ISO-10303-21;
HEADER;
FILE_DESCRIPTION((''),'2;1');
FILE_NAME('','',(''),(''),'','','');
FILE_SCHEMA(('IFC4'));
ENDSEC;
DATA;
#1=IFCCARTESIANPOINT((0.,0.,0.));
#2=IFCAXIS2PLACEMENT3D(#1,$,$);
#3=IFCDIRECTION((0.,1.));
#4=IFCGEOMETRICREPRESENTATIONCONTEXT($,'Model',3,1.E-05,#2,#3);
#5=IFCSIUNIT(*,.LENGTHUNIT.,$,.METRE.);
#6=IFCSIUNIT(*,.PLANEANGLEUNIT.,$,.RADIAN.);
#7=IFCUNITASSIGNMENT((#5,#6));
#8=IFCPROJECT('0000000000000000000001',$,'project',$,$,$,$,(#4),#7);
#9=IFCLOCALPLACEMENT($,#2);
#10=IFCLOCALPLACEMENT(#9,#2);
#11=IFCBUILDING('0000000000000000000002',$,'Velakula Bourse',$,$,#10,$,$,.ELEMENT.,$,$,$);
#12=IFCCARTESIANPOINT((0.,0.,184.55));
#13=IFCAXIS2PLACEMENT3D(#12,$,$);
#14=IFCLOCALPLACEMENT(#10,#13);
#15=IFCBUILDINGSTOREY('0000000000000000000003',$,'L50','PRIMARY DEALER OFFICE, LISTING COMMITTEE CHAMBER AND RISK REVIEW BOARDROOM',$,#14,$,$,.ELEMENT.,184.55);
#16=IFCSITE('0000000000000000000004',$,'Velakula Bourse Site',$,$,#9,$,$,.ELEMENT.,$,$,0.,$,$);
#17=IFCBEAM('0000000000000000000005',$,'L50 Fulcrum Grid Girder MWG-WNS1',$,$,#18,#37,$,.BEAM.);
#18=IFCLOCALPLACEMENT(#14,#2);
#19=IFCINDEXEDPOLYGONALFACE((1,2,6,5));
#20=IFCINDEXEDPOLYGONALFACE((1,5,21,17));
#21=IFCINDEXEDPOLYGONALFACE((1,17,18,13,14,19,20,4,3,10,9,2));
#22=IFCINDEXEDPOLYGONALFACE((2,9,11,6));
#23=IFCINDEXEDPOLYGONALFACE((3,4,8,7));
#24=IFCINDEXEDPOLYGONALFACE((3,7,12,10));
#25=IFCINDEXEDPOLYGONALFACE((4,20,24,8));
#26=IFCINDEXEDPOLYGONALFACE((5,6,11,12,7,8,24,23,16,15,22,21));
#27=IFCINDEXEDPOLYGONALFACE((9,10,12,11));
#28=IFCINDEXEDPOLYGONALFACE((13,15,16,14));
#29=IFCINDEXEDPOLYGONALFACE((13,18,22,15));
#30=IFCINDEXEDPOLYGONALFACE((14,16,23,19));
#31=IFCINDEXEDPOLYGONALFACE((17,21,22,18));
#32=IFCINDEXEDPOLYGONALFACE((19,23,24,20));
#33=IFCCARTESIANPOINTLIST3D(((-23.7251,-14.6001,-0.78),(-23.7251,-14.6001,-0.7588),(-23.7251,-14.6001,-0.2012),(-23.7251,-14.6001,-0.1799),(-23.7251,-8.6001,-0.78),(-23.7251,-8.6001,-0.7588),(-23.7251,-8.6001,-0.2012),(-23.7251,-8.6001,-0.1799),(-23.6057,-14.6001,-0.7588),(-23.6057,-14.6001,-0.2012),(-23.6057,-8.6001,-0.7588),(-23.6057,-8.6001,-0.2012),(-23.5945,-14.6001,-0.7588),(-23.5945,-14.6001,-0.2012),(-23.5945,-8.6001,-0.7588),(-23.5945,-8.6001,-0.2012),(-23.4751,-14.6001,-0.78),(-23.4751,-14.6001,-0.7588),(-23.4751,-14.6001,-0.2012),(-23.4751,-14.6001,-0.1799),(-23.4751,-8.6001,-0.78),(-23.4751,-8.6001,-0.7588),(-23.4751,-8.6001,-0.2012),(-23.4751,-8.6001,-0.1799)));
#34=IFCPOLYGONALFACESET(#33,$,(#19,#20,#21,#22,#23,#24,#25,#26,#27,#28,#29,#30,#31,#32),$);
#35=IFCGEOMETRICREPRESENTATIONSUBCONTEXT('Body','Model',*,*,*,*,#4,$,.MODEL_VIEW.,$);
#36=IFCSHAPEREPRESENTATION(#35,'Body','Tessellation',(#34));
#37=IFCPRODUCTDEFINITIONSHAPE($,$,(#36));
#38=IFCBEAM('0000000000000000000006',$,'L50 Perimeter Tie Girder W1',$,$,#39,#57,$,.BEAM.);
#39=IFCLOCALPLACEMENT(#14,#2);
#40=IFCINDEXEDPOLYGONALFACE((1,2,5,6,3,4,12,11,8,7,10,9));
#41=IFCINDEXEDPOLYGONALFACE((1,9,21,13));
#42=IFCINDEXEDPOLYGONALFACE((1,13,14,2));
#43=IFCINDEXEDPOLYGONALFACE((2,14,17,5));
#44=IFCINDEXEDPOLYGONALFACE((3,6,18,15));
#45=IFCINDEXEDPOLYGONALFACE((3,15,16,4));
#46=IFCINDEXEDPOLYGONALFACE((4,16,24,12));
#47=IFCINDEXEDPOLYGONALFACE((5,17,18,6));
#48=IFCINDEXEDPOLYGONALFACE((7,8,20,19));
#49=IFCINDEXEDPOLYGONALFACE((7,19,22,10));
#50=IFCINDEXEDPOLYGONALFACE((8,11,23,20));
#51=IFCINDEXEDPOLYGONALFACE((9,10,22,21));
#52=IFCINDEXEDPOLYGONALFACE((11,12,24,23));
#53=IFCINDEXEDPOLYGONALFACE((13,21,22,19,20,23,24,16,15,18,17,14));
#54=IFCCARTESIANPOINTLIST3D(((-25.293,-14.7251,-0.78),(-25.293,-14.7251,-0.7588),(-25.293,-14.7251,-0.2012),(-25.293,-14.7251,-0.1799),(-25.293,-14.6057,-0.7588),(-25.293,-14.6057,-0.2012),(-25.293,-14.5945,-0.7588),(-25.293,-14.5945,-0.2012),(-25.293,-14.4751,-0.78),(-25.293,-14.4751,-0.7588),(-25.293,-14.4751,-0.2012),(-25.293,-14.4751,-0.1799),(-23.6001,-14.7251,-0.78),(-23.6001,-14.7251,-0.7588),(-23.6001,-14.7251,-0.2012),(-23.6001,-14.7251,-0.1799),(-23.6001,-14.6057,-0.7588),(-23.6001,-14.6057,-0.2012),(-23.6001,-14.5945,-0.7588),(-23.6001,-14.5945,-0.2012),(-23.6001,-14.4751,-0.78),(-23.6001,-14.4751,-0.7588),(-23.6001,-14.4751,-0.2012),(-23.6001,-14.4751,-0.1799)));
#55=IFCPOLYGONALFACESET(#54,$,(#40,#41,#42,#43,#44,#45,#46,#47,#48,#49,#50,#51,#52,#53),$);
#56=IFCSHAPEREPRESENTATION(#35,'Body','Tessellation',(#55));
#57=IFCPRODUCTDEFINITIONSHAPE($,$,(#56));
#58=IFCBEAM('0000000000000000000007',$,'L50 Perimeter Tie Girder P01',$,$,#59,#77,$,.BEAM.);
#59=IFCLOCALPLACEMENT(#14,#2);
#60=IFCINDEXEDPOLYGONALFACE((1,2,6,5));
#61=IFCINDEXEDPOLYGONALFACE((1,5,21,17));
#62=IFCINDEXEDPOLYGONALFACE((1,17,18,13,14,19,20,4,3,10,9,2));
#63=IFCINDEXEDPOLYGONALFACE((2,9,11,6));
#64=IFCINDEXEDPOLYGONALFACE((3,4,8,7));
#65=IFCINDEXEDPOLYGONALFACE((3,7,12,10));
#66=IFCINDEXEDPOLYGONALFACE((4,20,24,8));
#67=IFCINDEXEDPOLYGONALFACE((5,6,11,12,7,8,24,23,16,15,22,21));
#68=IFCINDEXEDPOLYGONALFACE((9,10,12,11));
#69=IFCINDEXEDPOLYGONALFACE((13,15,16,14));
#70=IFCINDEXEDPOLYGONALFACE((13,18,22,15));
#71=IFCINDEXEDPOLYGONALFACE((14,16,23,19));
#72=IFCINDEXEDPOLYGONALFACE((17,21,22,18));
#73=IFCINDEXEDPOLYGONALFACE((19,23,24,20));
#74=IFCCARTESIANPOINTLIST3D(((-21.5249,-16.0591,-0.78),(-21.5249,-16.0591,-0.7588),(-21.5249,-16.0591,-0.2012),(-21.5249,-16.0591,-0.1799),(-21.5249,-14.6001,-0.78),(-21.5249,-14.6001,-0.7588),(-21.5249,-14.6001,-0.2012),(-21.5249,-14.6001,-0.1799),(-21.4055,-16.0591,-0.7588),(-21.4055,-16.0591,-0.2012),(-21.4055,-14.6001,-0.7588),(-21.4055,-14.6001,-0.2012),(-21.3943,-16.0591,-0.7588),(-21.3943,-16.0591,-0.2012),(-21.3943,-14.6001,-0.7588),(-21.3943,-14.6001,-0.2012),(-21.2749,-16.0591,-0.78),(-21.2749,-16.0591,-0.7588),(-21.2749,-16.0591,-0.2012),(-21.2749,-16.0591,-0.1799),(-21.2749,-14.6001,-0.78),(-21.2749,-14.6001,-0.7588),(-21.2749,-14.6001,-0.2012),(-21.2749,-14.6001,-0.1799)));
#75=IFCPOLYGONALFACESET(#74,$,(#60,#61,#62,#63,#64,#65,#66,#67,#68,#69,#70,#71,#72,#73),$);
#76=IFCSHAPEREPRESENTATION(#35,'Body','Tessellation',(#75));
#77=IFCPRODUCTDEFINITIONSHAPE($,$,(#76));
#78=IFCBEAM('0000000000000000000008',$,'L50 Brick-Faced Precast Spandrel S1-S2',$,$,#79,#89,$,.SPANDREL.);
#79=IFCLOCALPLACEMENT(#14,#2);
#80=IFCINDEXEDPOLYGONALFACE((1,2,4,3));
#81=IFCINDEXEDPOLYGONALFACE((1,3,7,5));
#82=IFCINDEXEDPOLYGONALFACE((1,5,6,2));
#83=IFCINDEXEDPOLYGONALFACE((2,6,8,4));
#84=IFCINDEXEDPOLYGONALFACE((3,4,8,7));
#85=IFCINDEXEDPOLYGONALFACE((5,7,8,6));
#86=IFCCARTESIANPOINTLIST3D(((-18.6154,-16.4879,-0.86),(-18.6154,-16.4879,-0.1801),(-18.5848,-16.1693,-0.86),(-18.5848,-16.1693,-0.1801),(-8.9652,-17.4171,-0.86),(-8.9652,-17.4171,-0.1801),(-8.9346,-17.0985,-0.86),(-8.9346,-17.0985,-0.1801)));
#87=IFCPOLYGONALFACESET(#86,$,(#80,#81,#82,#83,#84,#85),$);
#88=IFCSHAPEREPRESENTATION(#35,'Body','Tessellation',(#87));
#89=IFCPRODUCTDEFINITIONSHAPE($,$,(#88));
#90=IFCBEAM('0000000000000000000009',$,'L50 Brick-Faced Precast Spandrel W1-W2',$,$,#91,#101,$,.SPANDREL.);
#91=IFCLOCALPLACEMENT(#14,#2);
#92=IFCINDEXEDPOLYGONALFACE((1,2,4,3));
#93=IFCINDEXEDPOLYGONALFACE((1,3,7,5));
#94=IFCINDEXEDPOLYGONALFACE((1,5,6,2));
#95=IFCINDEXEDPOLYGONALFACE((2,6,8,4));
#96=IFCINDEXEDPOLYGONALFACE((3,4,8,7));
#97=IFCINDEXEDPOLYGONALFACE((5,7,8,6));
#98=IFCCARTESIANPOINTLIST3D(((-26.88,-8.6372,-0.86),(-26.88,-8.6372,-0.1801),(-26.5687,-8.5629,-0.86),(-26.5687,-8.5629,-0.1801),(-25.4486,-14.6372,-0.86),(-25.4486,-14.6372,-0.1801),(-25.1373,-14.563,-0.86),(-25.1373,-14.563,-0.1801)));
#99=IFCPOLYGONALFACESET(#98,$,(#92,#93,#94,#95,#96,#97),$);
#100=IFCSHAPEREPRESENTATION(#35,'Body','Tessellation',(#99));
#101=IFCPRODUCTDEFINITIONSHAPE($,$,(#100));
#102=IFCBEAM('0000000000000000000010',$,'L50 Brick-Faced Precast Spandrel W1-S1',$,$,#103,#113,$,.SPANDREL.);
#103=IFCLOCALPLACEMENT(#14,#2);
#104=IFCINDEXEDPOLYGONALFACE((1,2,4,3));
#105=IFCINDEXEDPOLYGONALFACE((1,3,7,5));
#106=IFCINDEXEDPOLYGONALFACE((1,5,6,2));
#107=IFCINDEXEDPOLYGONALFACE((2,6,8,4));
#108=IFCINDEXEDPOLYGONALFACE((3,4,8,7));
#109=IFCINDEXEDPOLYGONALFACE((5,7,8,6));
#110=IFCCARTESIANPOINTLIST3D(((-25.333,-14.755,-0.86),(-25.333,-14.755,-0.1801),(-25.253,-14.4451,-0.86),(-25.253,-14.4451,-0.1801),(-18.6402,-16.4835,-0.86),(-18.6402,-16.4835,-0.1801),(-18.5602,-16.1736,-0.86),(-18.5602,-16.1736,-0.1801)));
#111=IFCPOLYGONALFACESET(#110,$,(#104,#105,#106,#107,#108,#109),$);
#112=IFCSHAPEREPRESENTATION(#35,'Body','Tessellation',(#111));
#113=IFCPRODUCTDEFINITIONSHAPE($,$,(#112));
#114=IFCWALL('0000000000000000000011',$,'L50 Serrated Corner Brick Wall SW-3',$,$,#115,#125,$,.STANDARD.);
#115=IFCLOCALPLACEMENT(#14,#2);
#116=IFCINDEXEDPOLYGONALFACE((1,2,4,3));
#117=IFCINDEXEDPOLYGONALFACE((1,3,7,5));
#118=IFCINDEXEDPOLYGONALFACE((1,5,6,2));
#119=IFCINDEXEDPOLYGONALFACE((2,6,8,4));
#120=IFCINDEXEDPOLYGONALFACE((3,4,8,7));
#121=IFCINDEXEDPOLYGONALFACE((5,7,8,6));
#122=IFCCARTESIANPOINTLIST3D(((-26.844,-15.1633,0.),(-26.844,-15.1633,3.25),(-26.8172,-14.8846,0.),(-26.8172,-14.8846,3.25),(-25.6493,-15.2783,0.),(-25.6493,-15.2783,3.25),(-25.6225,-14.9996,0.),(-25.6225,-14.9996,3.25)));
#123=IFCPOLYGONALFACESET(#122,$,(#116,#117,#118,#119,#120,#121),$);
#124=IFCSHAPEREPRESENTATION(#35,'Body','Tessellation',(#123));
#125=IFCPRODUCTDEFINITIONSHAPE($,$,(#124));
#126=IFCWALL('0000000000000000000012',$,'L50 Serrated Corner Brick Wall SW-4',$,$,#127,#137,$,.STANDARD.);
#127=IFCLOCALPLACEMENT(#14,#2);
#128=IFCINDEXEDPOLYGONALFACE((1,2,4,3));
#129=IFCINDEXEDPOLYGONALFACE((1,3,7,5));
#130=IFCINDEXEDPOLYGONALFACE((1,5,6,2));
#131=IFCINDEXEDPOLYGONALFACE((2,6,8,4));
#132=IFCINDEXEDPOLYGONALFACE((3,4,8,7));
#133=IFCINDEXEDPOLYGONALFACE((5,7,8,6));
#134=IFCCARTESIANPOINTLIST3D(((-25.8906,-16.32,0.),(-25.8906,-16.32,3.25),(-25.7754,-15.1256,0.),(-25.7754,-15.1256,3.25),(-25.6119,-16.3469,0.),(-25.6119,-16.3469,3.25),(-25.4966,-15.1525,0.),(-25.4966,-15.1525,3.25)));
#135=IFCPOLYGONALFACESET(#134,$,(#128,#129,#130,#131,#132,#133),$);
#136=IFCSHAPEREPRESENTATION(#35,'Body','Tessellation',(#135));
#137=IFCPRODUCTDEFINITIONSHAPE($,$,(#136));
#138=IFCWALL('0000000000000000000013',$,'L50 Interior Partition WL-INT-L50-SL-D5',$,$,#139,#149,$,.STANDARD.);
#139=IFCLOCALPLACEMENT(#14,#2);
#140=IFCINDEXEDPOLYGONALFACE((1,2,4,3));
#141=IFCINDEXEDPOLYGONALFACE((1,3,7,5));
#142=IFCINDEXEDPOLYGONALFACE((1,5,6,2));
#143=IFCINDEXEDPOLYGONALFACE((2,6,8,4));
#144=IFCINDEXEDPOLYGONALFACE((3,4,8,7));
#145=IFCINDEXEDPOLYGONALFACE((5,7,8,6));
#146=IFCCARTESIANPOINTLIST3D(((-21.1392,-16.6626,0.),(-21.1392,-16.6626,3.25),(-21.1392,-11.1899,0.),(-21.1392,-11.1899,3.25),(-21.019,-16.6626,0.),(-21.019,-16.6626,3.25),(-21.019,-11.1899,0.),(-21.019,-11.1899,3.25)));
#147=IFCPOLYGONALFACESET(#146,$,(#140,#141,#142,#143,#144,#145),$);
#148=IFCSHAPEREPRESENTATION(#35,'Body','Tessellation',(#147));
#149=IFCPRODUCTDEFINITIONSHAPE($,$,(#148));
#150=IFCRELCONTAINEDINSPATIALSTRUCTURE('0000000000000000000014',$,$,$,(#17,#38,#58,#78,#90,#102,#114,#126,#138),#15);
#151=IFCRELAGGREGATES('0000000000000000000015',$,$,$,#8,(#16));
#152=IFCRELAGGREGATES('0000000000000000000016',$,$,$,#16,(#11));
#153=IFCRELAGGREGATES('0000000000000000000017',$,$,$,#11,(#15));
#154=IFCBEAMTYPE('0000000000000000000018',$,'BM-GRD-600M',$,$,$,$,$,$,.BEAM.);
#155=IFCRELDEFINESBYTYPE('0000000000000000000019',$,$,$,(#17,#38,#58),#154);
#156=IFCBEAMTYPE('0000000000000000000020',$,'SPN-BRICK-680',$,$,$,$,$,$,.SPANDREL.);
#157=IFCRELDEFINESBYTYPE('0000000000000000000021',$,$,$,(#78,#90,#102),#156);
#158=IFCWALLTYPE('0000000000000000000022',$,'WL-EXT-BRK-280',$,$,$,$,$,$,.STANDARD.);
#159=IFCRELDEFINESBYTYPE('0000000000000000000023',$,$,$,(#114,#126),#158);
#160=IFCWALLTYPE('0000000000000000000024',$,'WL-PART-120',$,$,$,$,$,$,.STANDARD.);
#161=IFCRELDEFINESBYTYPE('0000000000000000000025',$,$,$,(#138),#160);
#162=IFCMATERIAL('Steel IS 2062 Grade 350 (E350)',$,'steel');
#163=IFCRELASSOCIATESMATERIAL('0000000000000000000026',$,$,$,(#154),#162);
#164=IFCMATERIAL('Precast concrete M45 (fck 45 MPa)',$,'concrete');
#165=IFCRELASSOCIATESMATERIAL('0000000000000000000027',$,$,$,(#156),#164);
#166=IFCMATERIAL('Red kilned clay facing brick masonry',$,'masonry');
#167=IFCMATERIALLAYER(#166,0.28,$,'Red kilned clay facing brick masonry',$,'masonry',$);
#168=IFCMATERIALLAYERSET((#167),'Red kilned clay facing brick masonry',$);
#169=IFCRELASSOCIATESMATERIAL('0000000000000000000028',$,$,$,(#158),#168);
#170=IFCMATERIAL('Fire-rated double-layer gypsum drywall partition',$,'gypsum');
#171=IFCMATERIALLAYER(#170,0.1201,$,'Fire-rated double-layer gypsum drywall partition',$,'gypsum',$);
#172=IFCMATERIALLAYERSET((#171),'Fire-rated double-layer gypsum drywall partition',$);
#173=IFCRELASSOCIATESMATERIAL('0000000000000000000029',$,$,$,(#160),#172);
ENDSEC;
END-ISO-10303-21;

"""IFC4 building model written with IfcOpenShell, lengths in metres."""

from ifc_helpers import new_model, si_unit, direction, frame, frame_2d, origin, origin_2d, place, context, subcontext, project, spatial, rectangle, i_section, extrude, material, layer, layer_set, material_profile, profile_set, type_object, element, save


model = new_model("IFC4")

# Units and contexts
model_context = context("Model", 3, precision=1e-05, world=origin(), true_north=direction((0.0, 1.0)))
body_context = subcontext(model_context, "Body", "Model", "MODEL_VIEW")
ifc_project = project(units=[si_unit("LENGTHUNIT", "METRE"), si_unit("PLANEANGLEUNIT", "RADIAN")], contexts=[model_context])

# Site, building, storey
site_placement = place(None, origin())
site = spatial("IfcSite", under=ifc_project, at=site_placement, Name="Velakula Bourse Site", CompositionType="ELEMENT", RefElevation=0.0)
building_placement = place(site_placement, origin())
building = spatial("IfcBuilding", under=site, at=building_placement, Name="Velakula Bourse", CompositionType="ELEMENT")
storey_placement = place(building_placement, frame((0.0, 0.0, 184.55)))
storey = spatial("IfcBuildingStorey", under=building, at=storey_placement, Name="L50", Description="PRIMARY DEALER OFFICE, LISTING COMMITTEE CHAMBER AND RISK REVIEW BOARDROOM", CompositionType="ELEMENT", Elevation=184.55)

# Shared definitions
ifc_material_1 = material(Name="Steel IS 2062 Grade 350 (E350)", Category="steel")
ifc_material_2 = material(Name="Precast concrete M45 (fck 45 MPa)", Category="concrete")

# Beams
ifc_material_profile_1 = material_profile(ifc_material_1, i_section(OverallWidth=0.25, OverallDepth=0.6001, WebThickness=0.0112, FlangeThickness=0.0212, at=origin_2d()), Name="Steel IS 2062 Grade 350 (E350)")
ifc_profile_set_1 = profile_set([ifc_material_profile_1], Name="Steel IS 2062 Grade 350 (E350)")
beam_type_1 = type_object("IfcBeamType", Name="BM-GRD-600M", PredefinedType="BEAM", material=ifc_profile_set_1)
beam_1_placement = place(storey_placement, frame((-23.6001, -14.6001, -0.48), z_axis=(0.0, 1.0, 0.0), x_axis=(-1.0, 0.0, 0.0)))
element("IfcBeam", 1, at=beam_1_placement, inside=storey, type_object=beam_type_1, Name="L50 Fulcrum Grid Girder MWG-WNS1", PredefinedType="BEAM", context=body_context, shape_type="SweptSolid", body=[
    extrude(i_section(OverallWidth=0.25, OverallDepth=0.6001, WebThickness=0.0112, FlangeThickness=0.0212, at=origin_2d()), origin(), (0.0, 0.0, 1.0), 6.0),
])
beam_2_placement = place(storey_placement, frame((-23.6001, -14.6001, -0.48), z_axis=(-1.0, 0.0, 0.0), x_axis=(0.0, -1.0, 0.0)))
element("IfcBeam", 2, at=beam_2_placement, inside=storey, type_object=beam_type_1, Name="L50 Perimeter Tie Girder W1", PredefinedType="BEAM", context=body_context, shape_type="SweptSolid", body=[
    extrude(i_section(OverallWidth=0.25, OverallDepth=0.6001, WebThickness=0.0112, FlangeThickness=0.0212, at=origin_2d()), origin(), (0.0, 0.0, 1.0), 1.6929),
])
beam_3_placement = place(storey_placement, frame((-21.3999, -14.6001, -0.48), z_axis=(0.0, -1.0, 0.0), x_axis=(1.0, 0.0, 0.0)))
element("IfcBeam", 3, at=beam_3_placement, inside=storey, type_object=beam_type_1, Name="L50 Perimeter Tie Girder P01", PredefinedType="BEAM", context=body_context, shape_type="SweptSolid", body=[
    extrude(i_section(OverallWidth=0.25, OverallDepth=0.6001, WebThickness=0.0112, FlangeThickness=0.0212, at=origin_2d()), origin(), (0.0, 0.0, 1.0), 1.459),
])
ifc_material_profile_2 = material_profile(ifc_material_2, rectangle(XDim=0.3201, YDim=0.6799, at=origin_2d()), Name="Precast concrete M45 (fck 45 MPa)")
ifc_profile_set_2 = profile_set([ifc_material_profile_2], Name="Precast concrete M45 (fck 45 MPa)")
beam_type_2 = type_object("IfcBeamType", Name="SPN-BRICK-680", PredefinedType="SPANDREL", material=ifc_profile_set_2)
beam_4_placement = place(storey_placement, frame((-18.6001, -16.3286, -0.52), z_axis=(0.995396, -0.095845, 0.0), x_axis=(0.095845, 0.995396, 0.0)))
element("IfcBeam", 4, at=beam_4_placement, inside=storey, type_object=beam_type_2, Name="L50 Brick-Faced Precast Spandrel S1-S2", PredefinedType="SPANDREL", context=body_context, shape_type="SweptSolid", body=[
    extrude(rectangle(XDim=0.3201, YDim=0.6799, at=origin_2d()), origin(), (0.0, 0.0, 1.0), 9.6948),
])
beam_5_placement = place(storey_placement, frame((-25.293, -14.6001, -0.52), z_axis=(-0.232054, 0.972703, 0.0), x_axis=(-0.972703, -0.232054, 0.0)))
element("IfcBeam", 5, at=beam_5_placement, inside=storey, type_object=beam_type_2, Name="L50 Brick-Faced Precast Spandrel W1-W2", PredefinedType="SPANDREL", context=body_context, shape_type="SweptSolid", body=[
    extrude(rectangle(XDim=0.3201, YDim=0.6799, at=origin_2d()), origin(), (0.0, 0.0, 1.0), 6.1685),
])
beam_6_placement = place(storey_placement, frame((-25.293, -14.6001, -0.52), z_axis=(0.968231, -0.250057, 0.0), x_axis=(0.250057, 0.968231, 0.0)))
element("IfcBeam", 6, at=beam_6_placement, inside=storey, type_object=beam_type_2, Name="L50 Brick-Faced Precast Spandrel W1-S1", PredefinedType="SPANDREL", context=body_context, shape_type="SweptSolid", body=[
    extrude(rectangle(XDim=0.3201, YDim=0.6799, at=origin_2d()), origin(), (0.0, 0.0, 1.0), 6.9124),
])

# Walls
ifc_material_3 = material(Name="Red kilned clay facing brick masonry", Category="masonry")
ifc_layer_1 = layer(ifc_material_3, 0.28, Name="Red kilned clay facing brick masonry", Category="masonry")
ifc_layer_set_1 = layer_set([ifc_layer_1], Name="Red kilned clay facing brick masonry")
wall_type_1 = type_object("IfcWallType", Name="WL-EXT-BRK-280", PredefinedType="STANDARD", material=ifc_layer_set_1)
wall_1_placement = place(storey_placement, frame((-26.8306, -15.0239, 0.0), z_axis=(0.0, 0.0, 1.0), x_axis=(0.995399, -0.095817, 0.0)))
element("IfcWall", 7, at=wall_1_placement, inside=storey, type_object=wall_type_1, Name="L50 Serrated Corner Brick Wall SW-3", PredefinedType="STANDARD", context=body_context, shape_type="SweptSolid", body=[
    extrude(rectangle(XDim=1.2002, YDim=0.28, at=frame_2d((0.6001, 0.0))), origin(), (0.0, 0.0, 1.0), 3.25),
])
wall_2_placement = place(storey_placement, frame((-25.636, -15.1389, 0.0), z_axis=(0.0, 0.0, 1.0), x_axis=(-0.096038, -0.995378, 0.0)))
element("IfcWall", 8, at=wall_2_placement, inside=storey, type_object=wall_type_1, Name="L50 Serrated Corner Brick Wall SW-4", PredefinedType="STANDARD", context=body_context, shape_type="SweptSolid", body=[
    extrude(rectangle(XDim=1.2, YDim=0.28, at=frame_2d((0.6001, 0.0))), origin(), (0.0, 0.0, 1.0), 3.25),
])
ifc_material_4 = material(Name="Fire-rated double-layer gypsum drywall partition", Category="gypsum")
ifc_layer_2 = layer(ifc_material_4, 0.1201, Name="Fire-rated double-layer gypsum drywall partition", Category="gypsum")
ifc_layer_set_2 = layer_set([ifc_layer_2], Name="Fire-rated double-layer gypsum drywall partition")
wall_type_2 = type_object("IfcWallType", Name="WL-PART-120", PredefinedType="STANDARD", material=ifc_layer_set_2)
wall_3_placement = place(storey_placement, frame((-21.0791, -16.6626, 0.0), z_axis=(0.0, 0.0, 1.0), x_axis=(0.0, 1.0, 0.0)))
element("IfcWall", 9, at=wall_3_placement, inside=storey, type_object=wall_type_2, Name="L50 Interior Partition WL-INT-L50-SL-D5", PredefinedType="STANDARD", context=body_context, shape_type="SweptSolid", body=[
    extrude(rectangle(XDim=5.4727, YDim=0.1201, at=frame_2d((2.7363, 0.0))), origin(), (0.0, 0.0, 1.0), 3.25),
])

save(model, "model.ifc")
